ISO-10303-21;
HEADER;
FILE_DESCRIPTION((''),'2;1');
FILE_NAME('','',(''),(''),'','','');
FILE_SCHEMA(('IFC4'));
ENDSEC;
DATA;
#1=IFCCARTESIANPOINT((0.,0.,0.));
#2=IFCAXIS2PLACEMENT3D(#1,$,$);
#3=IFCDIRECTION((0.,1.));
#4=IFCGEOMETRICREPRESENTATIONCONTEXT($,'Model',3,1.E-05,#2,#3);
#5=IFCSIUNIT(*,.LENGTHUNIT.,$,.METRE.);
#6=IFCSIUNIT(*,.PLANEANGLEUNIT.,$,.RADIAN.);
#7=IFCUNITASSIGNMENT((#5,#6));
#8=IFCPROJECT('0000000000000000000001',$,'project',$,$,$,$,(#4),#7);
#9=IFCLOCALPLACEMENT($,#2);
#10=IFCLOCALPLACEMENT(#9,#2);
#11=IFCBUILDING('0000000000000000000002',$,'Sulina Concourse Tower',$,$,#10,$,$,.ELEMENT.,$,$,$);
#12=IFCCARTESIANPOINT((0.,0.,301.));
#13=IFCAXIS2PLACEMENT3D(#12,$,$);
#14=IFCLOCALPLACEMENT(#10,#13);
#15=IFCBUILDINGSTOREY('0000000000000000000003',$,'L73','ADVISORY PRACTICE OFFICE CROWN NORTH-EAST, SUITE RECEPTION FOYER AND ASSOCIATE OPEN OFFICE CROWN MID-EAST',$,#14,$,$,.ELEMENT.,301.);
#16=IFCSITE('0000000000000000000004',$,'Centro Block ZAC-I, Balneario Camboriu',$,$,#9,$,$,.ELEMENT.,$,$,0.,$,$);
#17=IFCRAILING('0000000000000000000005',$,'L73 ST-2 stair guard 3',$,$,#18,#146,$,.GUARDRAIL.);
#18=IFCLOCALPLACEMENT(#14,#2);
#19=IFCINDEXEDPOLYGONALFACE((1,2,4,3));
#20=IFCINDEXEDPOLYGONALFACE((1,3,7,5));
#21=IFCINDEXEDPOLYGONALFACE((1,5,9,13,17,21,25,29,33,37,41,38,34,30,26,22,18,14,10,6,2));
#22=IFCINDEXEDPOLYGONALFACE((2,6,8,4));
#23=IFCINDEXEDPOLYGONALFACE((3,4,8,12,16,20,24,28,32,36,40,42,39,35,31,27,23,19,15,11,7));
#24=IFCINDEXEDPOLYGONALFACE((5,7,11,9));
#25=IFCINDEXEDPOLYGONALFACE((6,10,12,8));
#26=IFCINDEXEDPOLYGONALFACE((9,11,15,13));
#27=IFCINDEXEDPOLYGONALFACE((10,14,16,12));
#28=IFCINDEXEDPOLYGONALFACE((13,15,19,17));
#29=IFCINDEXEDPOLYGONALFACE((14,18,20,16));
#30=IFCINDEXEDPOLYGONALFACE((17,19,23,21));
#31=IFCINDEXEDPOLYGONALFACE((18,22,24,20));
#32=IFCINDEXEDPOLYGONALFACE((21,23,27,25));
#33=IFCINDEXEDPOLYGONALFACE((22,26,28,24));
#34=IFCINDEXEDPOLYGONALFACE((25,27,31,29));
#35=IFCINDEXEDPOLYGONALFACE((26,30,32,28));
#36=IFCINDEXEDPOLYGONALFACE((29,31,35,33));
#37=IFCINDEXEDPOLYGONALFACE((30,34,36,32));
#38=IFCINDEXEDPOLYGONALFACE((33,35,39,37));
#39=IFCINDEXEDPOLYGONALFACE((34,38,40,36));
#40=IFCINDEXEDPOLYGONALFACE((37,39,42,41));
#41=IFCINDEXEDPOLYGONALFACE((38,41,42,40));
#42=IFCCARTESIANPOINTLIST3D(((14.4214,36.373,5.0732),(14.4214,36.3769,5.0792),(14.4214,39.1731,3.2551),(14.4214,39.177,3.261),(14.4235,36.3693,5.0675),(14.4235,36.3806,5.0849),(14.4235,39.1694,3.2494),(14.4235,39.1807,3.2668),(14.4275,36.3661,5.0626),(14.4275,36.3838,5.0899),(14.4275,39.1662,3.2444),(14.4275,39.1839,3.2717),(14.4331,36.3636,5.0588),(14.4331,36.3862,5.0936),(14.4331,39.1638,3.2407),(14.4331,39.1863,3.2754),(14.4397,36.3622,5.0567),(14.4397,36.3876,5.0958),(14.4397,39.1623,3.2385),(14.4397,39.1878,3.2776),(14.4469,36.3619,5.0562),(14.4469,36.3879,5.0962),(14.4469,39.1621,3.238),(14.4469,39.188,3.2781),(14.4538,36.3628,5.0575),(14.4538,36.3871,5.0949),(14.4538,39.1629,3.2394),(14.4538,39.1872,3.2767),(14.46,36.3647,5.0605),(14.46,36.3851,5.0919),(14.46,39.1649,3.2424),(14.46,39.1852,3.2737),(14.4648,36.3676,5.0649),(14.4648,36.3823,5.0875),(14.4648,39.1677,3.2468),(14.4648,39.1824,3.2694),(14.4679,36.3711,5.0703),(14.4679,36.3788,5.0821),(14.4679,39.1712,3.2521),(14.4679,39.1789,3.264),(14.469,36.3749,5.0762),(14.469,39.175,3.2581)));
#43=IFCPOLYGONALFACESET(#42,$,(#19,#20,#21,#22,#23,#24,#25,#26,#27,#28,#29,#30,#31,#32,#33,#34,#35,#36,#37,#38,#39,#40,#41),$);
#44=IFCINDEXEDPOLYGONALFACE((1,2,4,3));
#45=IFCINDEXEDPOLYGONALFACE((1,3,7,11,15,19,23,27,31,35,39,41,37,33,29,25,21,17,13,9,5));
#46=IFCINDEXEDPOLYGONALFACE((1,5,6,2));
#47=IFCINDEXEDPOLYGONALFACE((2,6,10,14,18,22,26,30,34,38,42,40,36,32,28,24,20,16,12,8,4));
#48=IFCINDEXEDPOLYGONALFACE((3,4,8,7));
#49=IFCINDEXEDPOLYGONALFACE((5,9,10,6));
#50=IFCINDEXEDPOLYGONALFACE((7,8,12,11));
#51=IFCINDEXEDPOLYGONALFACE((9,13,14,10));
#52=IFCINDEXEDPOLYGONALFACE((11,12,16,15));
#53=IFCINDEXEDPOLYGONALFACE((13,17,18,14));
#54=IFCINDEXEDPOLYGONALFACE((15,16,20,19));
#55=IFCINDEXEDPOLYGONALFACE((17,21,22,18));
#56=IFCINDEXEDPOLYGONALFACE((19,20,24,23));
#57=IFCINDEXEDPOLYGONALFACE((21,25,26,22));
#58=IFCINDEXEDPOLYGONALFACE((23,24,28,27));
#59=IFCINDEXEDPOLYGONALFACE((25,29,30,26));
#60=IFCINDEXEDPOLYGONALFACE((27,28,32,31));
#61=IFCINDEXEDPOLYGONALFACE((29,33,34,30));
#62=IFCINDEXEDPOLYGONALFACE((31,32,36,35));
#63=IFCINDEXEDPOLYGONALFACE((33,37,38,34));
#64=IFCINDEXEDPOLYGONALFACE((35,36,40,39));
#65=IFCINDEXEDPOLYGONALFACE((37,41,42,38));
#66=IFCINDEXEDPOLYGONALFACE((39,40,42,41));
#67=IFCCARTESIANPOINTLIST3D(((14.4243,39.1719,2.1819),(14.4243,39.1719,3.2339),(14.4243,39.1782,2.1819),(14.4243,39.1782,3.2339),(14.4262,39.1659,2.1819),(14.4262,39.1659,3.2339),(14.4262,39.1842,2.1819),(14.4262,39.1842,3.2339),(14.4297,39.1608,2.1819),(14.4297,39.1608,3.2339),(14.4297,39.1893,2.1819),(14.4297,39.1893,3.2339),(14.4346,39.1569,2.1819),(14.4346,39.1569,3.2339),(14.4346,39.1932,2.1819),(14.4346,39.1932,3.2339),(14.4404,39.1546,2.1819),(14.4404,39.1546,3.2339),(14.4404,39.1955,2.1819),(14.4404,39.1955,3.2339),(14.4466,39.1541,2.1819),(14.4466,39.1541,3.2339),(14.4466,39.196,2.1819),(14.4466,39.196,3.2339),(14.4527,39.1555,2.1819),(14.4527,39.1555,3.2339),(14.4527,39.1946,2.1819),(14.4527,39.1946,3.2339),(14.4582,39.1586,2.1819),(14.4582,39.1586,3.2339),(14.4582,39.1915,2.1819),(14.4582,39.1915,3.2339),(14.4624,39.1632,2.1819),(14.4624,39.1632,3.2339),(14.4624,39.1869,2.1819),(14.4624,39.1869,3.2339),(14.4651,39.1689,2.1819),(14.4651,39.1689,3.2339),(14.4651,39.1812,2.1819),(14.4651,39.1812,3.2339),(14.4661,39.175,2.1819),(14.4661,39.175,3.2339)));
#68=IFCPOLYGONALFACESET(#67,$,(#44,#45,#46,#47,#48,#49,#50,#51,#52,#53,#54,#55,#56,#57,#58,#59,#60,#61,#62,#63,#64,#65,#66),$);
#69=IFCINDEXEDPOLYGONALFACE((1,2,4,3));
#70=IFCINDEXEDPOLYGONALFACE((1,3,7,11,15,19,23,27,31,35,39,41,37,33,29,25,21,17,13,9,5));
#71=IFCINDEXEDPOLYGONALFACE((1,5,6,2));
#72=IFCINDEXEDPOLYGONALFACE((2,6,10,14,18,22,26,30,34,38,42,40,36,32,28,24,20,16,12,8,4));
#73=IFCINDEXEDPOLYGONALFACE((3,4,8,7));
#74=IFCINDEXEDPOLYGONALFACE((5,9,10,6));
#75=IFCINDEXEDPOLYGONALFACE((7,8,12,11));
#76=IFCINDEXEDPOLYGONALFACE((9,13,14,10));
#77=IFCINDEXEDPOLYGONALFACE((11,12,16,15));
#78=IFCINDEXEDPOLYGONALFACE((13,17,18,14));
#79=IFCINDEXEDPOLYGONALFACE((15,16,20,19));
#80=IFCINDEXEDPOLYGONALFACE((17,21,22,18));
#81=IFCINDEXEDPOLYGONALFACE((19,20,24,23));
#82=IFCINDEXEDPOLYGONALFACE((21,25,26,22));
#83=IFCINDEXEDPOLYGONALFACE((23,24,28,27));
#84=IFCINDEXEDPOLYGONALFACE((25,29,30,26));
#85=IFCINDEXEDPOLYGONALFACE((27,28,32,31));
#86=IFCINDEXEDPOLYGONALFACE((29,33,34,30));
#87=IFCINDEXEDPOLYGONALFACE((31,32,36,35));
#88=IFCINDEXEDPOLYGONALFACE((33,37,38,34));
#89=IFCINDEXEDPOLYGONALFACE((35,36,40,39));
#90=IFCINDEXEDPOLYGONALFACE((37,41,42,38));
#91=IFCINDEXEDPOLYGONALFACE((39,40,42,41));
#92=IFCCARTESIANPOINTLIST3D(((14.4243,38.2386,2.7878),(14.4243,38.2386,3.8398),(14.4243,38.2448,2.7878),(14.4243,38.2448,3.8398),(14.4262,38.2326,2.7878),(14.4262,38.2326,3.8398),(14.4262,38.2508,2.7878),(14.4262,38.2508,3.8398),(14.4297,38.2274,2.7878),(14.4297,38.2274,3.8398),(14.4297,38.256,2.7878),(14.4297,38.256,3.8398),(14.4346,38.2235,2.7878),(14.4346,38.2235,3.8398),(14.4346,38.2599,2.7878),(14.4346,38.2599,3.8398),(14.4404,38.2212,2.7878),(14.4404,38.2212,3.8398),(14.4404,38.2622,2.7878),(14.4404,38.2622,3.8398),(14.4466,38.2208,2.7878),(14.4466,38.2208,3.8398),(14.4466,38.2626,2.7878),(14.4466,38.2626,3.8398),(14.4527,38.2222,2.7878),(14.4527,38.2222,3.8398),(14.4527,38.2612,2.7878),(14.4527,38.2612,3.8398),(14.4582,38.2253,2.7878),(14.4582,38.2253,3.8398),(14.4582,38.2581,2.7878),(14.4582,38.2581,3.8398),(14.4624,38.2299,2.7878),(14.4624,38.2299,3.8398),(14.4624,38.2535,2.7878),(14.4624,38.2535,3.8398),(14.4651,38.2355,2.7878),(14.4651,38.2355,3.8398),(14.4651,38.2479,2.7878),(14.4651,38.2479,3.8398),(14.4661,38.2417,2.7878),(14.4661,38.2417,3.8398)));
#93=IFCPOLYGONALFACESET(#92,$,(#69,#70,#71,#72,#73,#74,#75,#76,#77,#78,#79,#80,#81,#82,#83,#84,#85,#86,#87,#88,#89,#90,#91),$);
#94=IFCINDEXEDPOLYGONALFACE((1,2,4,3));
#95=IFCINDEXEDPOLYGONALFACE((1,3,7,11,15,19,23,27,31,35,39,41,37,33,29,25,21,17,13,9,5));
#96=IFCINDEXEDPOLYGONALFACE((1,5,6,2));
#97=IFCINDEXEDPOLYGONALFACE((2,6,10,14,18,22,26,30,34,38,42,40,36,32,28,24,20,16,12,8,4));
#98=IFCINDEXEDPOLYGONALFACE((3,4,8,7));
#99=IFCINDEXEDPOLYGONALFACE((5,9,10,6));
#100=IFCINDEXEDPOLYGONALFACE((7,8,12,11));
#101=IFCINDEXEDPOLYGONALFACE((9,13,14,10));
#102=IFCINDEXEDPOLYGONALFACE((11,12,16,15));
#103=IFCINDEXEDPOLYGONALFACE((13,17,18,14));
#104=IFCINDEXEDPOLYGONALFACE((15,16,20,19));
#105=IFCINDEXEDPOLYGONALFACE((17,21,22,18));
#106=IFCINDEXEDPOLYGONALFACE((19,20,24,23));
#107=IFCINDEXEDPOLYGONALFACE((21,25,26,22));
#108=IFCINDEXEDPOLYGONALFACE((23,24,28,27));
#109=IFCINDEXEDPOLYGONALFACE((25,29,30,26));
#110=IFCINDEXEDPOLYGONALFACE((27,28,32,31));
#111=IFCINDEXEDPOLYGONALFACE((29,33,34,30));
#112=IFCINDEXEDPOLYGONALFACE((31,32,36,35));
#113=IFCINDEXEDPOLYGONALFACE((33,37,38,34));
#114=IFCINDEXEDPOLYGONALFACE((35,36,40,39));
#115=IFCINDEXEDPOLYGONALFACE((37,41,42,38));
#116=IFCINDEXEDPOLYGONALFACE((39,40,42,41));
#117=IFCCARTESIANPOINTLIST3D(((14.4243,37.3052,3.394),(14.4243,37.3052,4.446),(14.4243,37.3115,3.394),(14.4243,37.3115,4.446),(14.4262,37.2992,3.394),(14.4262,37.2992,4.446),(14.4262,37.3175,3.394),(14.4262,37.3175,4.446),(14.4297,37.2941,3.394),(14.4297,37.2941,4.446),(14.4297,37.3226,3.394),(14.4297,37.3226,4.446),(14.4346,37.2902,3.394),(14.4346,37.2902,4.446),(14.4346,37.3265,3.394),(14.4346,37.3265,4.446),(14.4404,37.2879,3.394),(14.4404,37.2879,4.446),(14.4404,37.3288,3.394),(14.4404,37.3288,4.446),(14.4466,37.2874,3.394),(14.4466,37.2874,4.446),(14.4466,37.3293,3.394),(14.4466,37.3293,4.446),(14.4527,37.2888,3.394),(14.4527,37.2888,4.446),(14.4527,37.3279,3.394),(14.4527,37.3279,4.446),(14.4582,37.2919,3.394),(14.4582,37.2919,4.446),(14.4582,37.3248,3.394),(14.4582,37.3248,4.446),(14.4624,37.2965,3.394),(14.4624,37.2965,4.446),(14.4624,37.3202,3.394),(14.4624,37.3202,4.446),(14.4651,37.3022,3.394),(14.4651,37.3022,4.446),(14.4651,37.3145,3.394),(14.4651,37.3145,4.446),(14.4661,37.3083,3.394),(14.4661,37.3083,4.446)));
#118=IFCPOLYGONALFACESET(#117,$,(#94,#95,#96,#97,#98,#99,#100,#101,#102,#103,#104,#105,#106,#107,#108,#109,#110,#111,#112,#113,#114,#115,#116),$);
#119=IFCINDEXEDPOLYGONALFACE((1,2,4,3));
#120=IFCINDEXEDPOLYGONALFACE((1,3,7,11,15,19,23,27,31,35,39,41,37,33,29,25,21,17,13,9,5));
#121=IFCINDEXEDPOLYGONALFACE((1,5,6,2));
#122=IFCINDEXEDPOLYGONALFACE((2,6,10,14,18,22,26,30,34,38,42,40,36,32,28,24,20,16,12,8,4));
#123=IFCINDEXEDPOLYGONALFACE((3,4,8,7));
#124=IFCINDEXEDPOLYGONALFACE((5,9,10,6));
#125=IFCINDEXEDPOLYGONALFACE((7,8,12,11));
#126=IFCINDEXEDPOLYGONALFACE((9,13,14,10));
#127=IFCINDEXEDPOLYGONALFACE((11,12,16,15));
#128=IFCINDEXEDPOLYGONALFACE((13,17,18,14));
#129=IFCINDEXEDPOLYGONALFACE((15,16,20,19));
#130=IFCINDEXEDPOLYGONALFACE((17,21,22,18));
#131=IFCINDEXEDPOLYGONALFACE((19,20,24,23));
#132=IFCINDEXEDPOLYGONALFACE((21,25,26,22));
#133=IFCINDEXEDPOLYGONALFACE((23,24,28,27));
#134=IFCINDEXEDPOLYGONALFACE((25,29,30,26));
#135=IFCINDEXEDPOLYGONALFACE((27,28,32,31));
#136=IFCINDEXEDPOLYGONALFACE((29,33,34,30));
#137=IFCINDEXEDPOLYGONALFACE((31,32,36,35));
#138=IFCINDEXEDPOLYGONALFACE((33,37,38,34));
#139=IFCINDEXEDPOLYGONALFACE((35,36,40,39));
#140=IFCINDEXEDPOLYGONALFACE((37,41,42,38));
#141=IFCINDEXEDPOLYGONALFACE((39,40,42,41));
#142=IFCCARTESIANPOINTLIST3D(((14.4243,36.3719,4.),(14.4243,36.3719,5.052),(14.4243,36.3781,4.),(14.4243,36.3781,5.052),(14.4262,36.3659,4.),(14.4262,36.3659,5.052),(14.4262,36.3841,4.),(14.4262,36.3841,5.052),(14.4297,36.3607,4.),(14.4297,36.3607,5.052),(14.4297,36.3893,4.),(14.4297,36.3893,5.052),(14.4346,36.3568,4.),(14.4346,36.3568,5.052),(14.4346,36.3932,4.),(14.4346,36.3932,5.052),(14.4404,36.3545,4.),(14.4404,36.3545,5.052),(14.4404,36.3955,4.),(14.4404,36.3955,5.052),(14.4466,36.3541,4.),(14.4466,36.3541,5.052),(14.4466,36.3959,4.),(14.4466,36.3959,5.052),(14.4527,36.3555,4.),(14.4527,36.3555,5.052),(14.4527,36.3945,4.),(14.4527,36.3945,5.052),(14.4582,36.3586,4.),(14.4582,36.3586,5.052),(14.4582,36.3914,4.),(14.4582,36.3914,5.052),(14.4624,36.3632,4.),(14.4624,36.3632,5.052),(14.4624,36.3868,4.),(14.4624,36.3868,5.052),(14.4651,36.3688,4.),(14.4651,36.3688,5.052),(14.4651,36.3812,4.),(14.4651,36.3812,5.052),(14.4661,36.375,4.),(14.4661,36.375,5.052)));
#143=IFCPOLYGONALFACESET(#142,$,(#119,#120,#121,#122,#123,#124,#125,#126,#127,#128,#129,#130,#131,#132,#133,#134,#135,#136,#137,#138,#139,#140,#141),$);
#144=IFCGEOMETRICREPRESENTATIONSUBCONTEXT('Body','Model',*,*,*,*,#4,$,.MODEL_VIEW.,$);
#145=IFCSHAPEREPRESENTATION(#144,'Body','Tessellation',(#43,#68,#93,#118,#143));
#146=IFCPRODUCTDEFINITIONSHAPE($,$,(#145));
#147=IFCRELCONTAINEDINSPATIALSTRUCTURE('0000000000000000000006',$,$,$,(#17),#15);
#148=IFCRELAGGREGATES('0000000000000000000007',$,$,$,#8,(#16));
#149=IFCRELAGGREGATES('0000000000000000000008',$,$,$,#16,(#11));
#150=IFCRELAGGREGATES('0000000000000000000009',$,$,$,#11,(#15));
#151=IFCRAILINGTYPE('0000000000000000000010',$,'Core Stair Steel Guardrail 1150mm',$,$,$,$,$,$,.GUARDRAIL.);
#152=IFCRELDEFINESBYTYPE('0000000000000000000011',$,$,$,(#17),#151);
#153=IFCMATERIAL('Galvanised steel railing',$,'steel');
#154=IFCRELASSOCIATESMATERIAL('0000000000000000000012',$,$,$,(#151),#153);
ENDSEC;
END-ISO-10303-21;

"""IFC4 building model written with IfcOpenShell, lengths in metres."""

from ifc_helpers import new_model, si_unit, direction, frame, origin, origin_2d, place, context, subcontext, project, spatial, circle, extrude, material, type_object, element, save


model = new_model("IFC4")

# Units and contexts
model_context = context("Model", 3, precision=1e-05, world=origin(), true_north=direction((0.0, 1.0)))
body_context = subcontext(model_context, "Body", "Model", "MODEL_VIEW")
ifc_project = project(units=[si_unit("LENGTHUNIT", "METRE"), si_unit("PLANEANGLEUNIT", "RADIAN")], contexts=[model_context])

# Site, building, storey
site_placement = place(None, origin())
site = spatial("IfcSite", under=ifc_project, at=site_placement, Name="Centro Block ZAC-I, Balneario Camboriu", CompositionType="ELEMENT", RefElevation=0.0)
building_placement = place(site_placement, origin())
building = spatial("IfcBuilding", under=site, at=building_placement, Name="Sulina Concourse Tower", CompositionType="ELEMENT")
storey_placement = place(building_placement, frame((0.0, 0.0, 301.0)))
storey = spatial("IfcBuildingStorey", under=building, at=storey_placement, Name="L73", Description="ADVISORY PRACTICE OFFICE CROWN NORTH-EAST, SUITE RECEPTION FOYER AND ASSOCIATE OPEN OFFICE CROWN MID-EAST", CompositionType="ELEMENT", Elevation=301.0)

# Railing
ifc_material_1 = material(Name="Galvanised steel railing", Category="steel")
railing_type_1 = type_object("IfcRailingType", Name="Core Stair Steel Guardrail 1150mm", PredefinedType="GUARDRAIL", material=ifc_material_1)
railing_1_placement = place(storey_placement, frame((14.4451, 39.175, 2.1819)))
element("IfcRailing", 1, at=railing_1_placement, inside=storey, type_object=railing_type_1, Name="L73 ST-2 stair guard 3", PredefinedType="GUARDRAIL", context=body_context, shape_type="SweptSolid", body=[
    extrude(circle(Radius=0.0239, at=origin_2d()), frame((0.0, 0.0, 1.0762), z_axis=(0.0, -0.838706, 0.544585), x_axis=(1.0, 0.0, 0.0)), (0.0, 0.0, 1.0), 3.3386),
    extrude(circle(Radius=0.021, at=origin_2d()), origin(), (0.0, 0.0, 1.0), 1.052),
    extrude(circle(Radius=0.021, at=origin_2d()), frame((0.0, -0.9333, 0.606)), (0.0, 0.0, 1.0), 1.052),
    extrude(circle(Radius=0.021, at=origin_2d()), frame((0.0, -1.8667, 1.2122)), (0.0, 0.0, 1.0), 1.052),
    extrude(circle(Radius=0.021, at=origin_2d()), frame((0.0, -2.8, 1.8181)), (0.0, 0.0, 1.0), 1.052),
])

save(model, "model.ifc")
